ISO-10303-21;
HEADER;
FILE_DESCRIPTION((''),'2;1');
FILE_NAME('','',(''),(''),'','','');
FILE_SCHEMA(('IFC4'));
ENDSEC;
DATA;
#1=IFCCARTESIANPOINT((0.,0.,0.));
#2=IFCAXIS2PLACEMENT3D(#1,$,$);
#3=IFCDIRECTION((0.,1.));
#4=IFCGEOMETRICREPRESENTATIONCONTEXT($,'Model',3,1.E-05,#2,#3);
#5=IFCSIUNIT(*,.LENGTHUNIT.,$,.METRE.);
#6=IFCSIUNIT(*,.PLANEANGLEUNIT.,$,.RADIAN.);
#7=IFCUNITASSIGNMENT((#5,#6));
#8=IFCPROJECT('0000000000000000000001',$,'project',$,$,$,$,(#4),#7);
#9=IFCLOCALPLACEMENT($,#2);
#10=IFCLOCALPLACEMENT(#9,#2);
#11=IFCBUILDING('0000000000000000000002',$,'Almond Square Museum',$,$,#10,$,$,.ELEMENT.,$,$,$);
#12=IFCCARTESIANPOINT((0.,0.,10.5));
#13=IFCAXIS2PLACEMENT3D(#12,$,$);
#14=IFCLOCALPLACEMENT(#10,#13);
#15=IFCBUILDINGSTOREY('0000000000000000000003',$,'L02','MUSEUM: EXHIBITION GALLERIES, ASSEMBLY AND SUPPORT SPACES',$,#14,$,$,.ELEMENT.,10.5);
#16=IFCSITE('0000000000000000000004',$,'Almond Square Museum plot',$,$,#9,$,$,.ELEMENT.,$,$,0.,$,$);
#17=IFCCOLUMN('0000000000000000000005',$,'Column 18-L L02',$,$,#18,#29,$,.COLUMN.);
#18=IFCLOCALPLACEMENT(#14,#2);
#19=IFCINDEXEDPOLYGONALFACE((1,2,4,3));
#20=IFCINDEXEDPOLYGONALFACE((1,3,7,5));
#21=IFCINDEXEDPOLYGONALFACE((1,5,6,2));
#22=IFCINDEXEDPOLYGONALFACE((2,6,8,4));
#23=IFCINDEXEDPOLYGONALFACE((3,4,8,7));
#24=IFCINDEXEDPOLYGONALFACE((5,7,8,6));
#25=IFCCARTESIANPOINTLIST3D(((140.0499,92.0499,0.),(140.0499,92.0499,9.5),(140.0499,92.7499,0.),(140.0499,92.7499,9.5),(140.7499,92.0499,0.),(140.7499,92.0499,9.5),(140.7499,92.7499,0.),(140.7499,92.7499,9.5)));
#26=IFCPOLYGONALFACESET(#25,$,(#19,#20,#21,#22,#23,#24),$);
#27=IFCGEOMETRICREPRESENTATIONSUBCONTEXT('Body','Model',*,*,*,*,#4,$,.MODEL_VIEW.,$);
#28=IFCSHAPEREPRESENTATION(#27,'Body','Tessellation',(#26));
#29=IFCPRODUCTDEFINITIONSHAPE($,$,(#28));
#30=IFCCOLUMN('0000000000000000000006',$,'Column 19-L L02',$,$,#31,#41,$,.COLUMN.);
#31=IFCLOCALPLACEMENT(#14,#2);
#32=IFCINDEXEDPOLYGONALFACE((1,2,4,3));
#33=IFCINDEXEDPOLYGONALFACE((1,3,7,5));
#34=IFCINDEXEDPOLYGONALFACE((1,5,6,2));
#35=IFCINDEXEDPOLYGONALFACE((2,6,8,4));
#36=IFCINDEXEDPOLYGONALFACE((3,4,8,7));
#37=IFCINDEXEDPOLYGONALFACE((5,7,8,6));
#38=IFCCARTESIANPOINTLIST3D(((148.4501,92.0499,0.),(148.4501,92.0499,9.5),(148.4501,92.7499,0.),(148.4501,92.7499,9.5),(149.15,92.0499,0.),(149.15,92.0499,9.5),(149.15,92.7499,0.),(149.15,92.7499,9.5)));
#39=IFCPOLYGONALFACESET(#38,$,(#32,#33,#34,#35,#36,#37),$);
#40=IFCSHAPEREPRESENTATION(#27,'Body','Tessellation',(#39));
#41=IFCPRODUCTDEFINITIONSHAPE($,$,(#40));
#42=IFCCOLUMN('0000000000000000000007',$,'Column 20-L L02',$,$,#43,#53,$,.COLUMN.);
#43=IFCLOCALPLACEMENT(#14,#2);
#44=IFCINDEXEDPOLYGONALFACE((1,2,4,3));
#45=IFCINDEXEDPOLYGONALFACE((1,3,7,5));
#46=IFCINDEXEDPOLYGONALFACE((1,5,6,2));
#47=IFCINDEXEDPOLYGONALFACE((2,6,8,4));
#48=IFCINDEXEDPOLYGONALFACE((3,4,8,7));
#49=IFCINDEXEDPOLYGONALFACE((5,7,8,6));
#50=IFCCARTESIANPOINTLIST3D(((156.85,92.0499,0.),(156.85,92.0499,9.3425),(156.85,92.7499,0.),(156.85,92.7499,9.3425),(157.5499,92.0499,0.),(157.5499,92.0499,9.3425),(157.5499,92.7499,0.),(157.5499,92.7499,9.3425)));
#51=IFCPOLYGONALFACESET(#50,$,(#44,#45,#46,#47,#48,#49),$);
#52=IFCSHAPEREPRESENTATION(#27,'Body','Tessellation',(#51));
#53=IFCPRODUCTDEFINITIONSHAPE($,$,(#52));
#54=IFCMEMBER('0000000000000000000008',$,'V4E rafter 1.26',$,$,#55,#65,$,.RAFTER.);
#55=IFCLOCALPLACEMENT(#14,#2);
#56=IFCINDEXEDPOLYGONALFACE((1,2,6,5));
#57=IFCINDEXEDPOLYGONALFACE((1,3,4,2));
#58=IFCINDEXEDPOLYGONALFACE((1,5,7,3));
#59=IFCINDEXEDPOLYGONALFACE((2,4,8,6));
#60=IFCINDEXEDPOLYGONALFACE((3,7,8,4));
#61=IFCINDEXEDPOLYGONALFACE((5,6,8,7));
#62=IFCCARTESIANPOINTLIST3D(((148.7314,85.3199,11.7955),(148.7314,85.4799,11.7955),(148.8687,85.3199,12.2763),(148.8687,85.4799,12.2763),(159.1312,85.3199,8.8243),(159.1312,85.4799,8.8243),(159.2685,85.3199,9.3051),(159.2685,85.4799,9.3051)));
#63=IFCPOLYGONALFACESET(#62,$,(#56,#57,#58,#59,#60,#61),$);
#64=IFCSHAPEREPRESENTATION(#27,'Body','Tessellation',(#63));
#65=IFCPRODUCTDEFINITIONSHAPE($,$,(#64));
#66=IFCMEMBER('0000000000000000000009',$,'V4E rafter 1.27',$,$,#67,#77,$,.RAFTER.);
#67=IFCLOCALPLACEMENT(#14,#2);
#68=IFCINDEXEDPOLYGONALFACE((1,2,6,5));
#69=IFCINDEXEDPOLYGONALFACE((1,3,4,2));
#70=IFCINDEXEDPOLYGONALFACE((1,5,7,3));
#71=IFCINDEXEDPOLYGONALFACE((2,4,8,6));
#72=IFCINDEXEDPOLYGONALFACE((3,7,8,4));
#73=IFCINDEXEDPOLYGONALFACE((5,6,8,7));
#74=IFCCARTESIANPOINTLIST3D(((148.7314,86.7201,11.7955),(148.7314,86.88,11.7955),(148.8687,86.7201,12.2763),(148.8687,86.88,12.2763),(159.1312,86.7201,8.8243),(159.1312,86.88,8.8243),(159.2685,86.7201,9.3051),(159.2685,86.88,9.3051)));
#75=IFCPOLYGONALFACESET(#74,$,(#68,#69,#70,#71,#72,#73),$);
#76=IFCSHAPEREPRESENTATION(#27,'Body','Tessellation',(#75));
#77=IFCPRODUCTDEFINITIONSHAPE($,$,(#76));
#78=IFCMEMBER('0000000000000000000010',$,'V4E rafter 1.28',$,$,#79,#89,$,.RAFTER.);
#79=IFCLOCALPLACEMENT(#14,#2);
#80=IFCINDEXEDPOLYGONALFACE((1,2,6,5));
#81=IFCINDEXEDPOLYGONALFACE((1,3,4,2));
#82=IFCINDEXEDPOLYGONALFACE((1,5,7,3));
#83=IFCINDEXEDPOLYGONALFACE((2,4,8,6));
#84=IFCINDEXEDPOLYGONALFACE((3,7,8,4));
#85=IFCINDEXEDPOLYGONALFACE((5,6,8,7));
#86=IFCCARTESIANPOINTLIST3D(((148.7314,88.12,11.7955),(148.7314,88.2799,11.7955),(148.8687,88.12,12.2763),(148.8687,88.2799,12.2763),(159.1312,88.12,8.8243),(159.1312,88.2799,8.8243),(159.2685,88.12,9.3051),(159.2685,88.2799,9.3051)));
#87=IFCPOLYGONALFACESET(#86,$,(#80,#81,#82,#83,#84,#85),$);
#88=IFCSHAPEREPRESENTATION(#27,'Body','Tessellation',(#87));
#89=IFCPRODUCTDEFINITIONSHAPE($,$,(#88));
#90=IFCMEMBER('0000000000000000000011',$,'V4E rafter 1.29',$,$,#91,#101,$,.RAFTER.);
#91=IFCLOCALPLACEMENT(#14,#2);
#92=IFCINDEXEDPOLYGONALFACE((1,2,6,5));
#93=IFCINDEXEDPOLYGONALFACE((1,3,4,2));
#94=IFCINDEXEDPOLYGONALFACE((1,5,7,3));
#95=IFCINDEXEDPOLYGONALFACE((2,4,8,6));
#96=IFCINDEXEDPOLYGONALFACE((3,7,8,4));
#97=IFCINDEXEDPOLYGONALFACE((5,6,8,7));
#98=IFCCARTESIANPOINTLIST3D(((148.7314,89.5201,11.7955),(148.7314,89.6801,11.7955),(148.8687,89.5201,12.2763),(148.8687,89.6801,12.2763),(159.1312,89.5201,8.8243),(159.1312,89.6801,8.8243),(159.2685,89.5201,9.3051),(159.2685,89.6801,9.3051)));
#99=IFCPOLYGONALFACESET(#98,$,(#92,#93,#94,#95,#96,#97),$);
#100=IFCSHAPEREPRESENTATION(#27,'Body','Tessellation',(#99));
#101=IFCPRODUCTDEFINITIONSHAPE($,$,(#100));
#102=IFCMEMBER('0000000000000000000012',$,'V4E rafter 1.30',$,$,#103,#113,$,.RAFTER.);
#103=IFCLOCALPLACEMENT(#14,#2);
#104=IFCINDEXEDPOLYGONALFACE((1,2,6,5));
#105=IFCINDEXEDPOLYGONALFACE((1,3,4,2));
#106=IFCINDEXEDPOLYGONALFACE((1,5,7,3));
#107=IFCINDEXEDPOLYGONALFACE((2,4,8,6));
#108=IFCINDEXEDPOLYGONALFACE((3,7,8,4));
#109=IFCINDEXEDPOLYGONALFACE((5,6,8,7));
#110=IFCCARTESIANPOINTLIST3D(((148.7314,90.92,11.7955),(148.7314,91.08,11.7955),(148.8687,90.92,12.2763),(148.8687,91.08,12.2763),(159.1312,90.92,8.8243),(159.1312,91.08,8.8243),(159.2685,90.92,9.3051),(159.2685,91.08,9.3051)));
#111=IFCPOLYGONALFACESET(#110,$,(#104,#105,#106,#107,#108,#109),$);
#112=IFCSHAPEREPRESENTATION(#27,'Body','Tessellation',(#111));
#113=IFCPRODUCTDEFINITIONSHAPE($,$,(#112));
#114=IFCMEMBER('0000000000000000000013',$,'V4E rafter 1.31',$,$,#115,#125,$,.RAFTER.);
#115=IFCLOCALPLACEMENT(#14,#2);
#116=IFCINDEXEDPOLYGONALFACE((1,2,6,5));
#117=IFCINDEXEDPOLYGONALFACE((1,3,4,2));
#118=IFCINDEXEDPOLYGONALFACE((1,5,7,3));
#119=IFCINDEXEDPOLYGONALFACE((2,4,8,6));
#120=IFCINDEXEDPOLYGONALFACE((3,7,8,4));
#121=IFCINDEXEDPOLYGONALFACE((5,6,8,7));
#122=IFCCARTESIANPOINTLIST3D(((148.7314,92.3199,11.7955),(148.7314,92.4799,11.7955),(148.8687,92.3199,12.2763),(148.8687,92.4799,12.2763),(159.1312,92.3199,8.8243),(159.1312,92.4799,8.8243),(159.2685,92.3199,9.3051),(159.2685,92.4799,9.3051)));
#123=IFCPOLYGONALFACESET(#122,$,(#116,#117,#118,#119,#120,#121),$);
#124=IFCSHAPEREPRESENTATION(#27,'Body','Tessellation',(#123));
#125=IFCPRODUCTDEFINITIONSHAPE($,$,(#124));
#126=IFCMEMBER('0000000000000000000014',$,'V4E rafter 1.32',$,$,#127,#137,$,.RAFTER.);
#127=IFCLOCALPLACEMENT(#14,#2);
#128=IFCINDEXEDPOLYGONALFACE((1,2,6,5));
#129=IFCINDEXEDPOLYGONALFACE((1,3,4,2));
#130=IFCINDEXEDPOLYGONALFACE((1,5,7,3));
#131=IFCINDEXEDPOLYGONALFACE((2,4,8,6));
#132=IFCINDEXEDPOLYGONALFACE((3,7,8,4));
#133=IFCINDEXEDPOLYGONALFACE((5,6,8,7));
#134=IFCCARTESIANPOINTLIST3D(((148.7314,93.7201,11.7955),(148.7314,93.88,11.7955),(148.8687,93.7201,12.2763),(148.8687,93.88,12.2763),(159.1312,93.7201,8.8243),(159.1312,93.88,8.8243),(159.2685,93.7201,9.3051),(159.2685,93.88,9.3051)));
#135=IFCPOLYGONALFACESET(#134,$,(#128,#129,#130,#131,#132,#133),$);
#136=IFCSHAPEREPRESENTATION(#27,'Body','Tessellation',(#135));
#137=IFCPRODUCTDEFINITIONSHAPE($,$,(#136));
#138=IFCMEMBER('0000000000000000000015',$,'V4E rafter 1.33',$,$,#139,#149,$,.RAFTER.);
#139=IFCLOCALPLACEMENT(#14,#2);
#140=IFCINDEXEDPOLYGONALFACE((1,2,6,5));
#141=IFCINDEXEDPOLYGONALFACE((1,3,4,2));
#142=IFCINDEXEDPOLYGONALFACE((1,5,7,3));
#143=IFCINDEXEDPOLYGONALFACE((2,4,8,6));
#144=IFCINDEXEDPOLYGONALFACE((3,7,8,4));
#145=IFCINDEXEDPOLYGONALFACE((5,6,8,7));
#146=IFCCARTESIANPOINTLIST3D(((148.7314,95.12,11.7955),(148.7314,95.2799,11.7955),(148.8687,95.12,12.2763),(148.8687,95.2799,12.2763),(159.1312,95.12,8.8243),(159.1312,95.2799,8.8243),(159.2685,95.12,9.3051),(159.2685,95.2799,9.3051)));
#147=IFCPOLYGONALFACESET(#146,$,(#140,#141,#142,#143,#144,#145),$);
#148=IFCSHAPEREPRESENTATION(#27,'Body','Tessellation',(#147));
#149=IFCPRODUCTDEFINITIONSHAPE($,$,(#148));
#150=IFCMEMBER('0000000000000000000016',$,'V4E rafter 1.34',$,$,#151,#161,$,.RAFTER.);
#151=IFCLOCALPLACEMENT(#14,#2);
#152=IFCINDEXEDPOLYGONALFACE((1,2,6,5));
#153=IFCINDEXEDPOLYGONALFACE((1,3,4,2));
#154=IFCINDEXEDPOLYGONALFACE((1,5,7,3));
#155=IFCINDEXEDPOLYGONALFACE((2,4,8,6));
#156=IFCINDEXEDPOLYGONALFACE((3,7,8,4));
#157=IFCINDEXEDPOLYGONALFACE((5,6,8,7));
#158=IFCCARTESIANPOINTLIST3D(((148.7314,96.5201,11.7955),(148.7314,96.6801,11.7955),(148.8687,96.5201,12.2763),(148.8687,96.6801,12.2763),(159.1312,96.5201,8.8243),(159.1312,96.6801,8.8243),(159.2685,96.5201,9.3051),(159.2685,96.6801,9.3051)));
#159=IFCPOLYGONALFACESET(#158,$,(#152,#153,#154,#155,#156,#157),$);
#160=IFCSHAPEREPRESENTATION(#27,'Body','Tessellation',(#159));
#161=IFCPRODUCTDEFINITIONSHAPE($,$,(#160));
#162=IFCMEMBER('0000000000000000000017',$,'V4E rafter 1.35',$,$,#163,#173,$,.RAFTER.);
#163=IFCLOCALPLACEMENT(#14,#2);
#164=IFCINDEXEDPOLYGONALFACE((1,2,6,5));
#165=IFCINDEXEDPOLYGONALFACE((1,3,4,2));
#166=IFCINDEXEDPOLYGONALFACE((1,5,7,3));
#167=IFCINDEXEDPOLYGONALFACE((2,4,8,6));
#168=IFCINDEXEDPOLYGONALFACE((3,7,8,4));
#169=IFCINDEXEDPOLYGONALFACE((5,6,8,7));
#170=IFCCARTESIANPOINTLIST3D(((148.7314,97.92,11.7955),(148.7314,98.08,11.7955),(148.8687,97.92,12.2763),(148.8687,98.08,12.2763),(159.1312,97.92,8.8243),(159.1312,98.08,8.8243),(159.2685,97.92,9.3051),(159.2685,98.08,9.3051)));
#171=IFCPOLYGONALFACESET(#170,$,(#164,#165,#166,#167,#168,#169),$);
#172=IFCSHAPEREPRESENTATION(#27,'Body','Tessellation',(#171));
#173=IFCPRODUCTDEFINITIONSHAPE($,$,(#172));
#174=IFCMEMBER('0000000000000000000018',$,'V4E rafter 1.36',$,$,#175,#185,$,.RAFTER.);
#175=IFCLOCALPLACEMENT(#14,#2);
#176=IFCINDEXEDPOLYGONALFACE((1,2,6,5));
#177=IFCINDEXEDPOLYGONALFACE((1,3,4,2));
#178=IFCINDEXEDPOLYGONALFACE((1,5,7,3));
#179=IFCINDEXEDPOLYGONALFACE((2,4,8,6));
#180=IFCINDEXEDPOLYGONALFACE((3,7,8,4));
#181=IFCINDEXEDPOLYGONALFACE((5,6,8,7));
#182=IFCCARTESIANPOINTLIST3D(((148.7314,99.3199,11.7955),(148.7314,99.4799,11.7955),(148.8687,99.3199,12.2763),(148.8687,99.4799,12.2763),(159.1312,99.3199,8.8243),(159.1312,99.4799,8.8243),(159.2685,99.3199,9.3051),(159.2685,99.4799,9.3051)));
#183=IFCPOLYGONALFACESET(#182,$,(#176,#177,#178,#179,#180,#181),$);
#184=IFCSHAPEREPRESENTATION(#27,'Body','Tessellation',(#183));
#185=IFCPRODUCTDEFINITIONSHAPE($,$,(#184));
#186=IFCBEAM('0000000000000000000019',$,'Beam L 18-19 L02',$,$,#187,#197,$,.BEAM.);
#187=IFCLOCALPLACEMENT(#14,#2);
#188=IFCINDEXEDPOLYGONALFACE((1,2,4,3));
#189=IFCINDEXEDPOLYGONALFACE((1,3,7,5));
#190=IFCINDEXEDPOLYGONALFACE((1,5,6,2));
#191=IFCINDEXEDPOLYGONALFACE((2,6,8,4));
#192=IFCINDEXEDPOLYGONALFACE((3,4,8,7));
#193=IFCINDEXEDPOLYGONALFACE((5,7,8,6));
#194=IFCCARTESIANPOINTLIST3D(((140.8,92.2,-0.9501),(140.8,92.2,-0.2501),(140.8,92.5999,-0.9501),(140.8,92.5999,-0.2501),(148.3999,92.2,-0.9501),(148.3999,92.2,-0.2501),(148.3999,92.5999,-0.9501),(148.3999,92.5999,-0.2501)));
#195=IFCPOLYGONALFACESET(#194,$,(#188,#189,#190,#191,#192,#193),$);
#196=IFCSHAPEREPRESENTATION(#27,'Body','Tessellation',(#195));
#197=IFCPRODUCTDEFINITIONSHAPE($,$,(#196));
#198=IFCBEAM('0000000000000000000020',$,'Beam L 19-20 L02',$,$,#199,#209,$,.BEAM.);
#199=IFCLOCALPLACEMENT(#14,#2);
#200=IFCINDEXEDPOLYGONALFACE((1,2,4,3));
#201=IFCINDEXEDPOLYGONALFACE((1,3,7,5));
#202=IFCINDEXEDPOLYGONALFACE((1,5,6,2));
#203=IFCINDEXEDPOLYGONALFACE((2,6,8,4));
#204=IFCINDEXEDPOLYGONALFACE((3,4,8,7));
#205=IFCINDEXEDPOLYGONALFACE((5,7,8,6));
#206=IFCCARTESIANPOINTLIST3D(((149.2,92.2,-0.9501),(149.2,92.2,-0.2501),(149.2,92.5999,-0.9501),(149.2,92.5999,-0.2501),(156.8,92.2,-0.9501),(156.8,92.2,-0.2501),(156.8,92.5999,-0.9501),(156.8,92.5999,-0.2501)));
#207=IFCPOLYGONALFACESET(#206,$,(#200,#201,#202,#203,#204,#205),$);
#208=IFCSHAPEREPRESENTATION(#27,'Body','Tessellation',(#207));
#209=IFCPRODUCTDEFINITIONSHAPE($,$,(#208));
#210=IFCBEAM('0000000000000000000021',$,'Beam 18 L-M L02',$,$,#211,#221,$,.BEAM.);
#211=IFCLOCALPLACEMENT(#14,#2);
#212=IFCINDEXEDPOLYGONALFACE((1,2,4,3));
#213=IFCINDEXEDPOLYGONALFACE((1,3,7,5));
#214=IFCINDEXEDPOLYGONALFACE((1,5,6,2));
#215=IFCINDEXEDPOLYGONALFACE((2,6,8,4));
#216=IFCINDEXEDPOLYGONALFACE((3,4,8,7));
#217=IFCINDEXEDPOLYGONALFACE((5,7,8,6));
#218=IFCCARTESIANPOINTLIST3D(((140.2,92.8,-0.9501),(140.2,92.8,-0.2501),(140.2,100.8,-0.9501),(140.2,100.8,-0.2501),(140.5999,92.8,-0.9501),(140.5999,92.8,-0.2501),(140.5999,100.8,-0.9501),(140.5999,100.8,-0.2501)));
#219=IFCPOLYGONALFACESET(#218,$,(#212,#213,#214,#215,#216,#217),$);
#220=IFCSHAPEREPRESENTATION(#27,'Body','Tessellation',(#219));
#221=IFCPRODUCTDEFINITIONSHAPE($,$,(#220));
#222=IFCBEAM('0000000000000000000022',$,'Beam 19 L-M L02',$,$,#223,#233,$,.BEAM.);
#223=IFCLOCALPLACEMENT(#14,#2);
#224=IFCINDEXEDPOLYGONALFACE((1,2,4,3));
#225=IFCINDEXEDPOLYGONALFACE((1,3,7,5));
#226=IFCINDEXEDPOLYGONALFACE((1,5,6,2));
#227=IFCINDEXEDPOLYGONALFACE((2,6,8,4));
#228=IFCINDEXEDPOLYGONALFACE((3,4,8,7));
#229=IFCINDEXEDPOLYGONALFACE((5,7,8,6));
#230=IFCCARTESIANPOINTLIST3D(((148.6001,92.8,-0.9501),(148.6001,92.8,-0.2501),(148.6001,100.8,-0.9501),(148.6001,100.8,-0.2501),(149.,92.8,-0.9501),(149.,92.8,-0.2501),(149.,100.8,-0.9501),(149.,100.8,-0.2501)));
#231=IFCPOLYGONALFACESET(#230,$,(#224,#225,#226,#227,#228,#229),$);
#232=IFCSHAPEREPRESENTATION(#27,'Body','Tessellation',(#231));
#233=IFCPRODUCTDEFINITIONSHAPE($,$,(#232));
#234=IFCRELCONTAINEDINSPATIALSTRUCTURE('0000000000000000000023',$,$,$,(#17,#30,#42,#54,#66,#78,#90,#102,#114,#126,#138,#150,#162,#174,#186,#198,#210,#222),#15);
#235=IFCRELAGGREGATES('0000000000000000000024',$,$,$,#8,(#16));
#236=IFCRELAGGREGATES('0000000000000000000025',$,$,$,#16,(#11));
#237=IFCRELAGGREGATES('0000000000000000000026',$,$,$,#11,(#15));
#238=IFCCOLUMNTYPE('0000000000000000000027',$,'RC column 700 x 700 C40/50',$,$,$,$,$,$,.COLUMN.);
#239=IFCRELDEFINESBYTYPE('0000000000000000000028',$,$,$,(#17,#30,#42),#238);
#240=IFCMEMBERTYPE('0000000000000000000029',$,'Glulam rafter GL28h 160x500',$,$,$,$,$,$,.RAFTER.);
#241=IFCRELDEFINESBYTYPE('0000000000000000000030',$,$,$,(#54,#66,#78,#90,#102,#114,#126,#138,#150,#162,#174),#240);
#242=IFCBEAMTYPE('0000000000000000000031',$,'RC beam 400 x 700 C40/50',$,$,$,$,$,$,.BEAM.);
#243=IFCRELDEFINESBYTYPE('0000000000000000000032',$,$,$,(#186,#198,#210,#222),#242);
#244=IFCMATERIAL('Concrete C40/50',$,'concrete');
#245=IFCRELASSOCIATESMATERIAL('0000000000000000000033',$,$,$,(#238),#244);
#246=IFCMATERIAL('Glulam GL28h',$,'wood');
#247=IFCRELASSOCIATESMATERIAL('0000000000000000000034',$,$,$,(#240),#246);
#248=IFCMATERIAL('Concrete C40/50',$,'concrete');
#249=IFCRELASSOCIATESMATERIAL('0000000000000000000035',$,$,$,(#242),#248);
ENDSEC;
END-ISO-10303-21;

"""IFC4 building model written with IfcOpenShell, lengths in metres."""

from ifc_helpers import new_model, si_unit, direction, frame, origin, origin_2d, place, context, subcontext, project, spatial, rectangle, extrude, material, material_profile, profile_set, type_object, element, save


model = new_model("IFC4")

# Units and contexts
model_context = context("Model", 3, precision=1e-05, world=origin(), true_north=direction((0.0, 1.0)))
body_context = subcontext(model_context, "Body", "Model", "MODEL_VIEW")
ifc_project = project(units=[si_unit("LENGTHUNIT", "METRE"), si_unit("PLANEANGLEUNIT", "RADIAN")], contexts=[model_context])

# Site, building, storey
site_placement = place(None, origin())
site = spatial("IfcSite", under=ifc_project, at=site_placement, Name="Almond Square Museum plot", CompositionType="ELEMENT", RefElevation=0.0)
building_placement = place(site_placement, origin())
building = spatial("IfcBuilding", under=site, at=building_placement, Name="Almond Square Museum", CompositionType="ELEMENT")
storey_placement = place(building_placement, frame((0.0, 0.0, 10.5)))
storey = spatial("IfcBuildingStorey", under=building, at=storey_placement, Name="L02", Description="MUSEUM: EXHIBITION GALLERIES, ASSEMBLY AND SUPPORT SPACES", CompositionType="ELEMENT", Elevation=10.5)

# Columns
ifc_material_1 = material(Name="Concrete C40/50", Category="concrete")
ifc_material_profile_1 = material_profile(ifc_material_1, rectangle(XDim=0.7, YDim=0.7, at=origin_2d()))
ifc_profile_set_1 = profile_set([ifc_material_profile_1], Name="Concrete C40/50")
column_type = type_object("IfcColumnType", Name="RC column 700 x 700 C40/50", PredefinedType="COLUMN", material=ifc_profile_set_1)
for number, where, z_axis, x_axis, name in (
    (1, (140.3999, 92.3999, 0.0), (0.0, 0.0, 1.0), (1.0, 0.0, 0.0), "Column 18-L L02"),
    (2, (148.8, 92.3999, 0.0), (0.0, 0.0, 1.0), (1.0, 0.0, 0.0), "Column 19-L L02"),
):
    element("IfcColumn", number, at=place(storey_placement, frame(where, z_axis=z_axis, x_axis=x_axis)), inside=storey, type_object=column_type, Name=name, PredefinedType="COLUMN", context=body_context, shape_type="SweptSolid", body=[
        extrude(rectangle(XDim=0.7, YDim=0.7, at=origin_2d()), origin(), (0.0, 0.0, 1.0), 9.5),
    ])
column_placement = place(storey_placement, frame((157.2, 92.3999, 0.0), z_axis=(0.0, 0.0, 1.0), x_axis=(1.0, 0.0, 0.0)))
element("IfcColumn", 3, at=column_placement, inside=storey, type_object=column_type, Name="Column 20-L L02", PredefinedType="COLUMN", context=body_context, shape_type="SweptSolid", body=[
    extrude(rectangle(XDim=0.7, YDim=0.7, at=origin_2d()), origin(), (0.0, 0.0, 1.0), 9.3425),
])

# Members
ifc_material_2 = material(Name="Glulam GL28h", Category="wood")
ifc_material_profile_2 = material_profile(ifc_material_2, rectangle(XDim=0.1599, YDim=0.5, at=origin_2d()))
ifc_profile_set_2 = profile_set([ifc_material_profile_2], Name="Glulam GL28h")
member_type = type_object("IfcMemberType", Name="Glulam rafter GL28h 160x500", PredefinedType="RAFTER", material=ifc_profile_set_2)
for number, where, z_axis, x_axis, name in (
    (4, (148.8, 85.3999, 12.0359), (0.961529, 0.0, -0.274703), (0.0, 1.0, 0.0), "V4E rafter 1.26"),
    (5, (148.8, 86.8, 12.0359), (0.961529, 0.0, -0.274703), (0.0, 1.0, 0.0), "V4E rafter 1.27"),
    (6, (148.8, 88.2, 12.0359), (0.961529, 0.0, -0.274703), (0.0, 1.0, 0.0), "V4E rafter 1.28"),
    (7, (148.8, 89.6001, 12.0359), (0.961529, 0.0, -0.274703), (0.0, 1.0, 0.0), "V4E rafter 1.29"),
    (8, (148.8, 91.0, 12.0359), (0.961529, 0.0, -0.274703), (0.0, 1.0, 0.0), "V4E rafter 1.30"),
    (9, (148.8, 92.3999, 12.0359), (0.961529, 0.0, -0.274703), (0.0, 1.0, 0.0), "V4E rafter 1.31"),
    (10, (148.8, 93.8, 12.0359), (0.961529, 0.0, -0.274703), (0.0, 1.0, 0.0), "V4E rafter 1.32"),
    (11, (148.8, 95.2, 12.0359), (0.961529, 0.0, -0.274703), (0.0, 1.0, 0.0), "V4E rafter 1.33"),
    (12, (148.8, 96.6001, 12.0359), (0.961529, 0.0, -0.274703), (0.0, 1.0, 0.0), "V4E rafter 1.34"),
    (13, (148.8, 98.0, 12.0359), (0.961529, 0.0, -0.274703), (0.0, 1.0, 0.0), "V4E rafter 1.35"),
    (14, (148.8, 99.3999, 12.0359), (0.961529, 0.0, -0.274703), (0.0, 1.0, 0.0), "V4E rafter 1.36"),
):
    element("IfcMember", number, at=place(storey_placement, frame(where, z_axis=z_axis, x_axis=x_axis)), inside=storey, type_object=member_type, Name=name, PredefinedType="RAFTER", context=body_context, shape_type="SweptSolid", body=[
        extrude(rectangle(XDim=0.1599, YDim=0.5, at=origin_2d()), origin(), (0.0, 0.0, 1.0), 10.8159),
    ])

# Beams
ifc_material_3 = material(Name="Concrete C40/50", Category="concrete")
ifc_material_profile_3 = material_profile(ifc_material_3, rectangle(XDim=0.3999, YDim=0.7, at=origin_2d()))
ifc_profile_set_3 = profile_set([ifc_material_profile_3], Name="Concrete C40/50")
beam_type_1 = type_object("IfcBeamType", Name="RC beam 400 x 700 C40/50", PredefinedType="BEAM", material=ifc_profile_set_3)
beam_1_placement = place(storey_placement, frame((140.8, 92.3999, -0.6001), z_axis=(1.0, 0.0, 0.0), x_axis=(0.0, 1.0, 0.0)))
element("IfcBeam", 15, at=beam_1_placement, inside=storey, type_object=beam_type_1, Name="Beam L 18-19 L02", PredefinedType="BEAM", context=body_context, shape_type="SweptSolid", body=[
    extrude(rectangle(XDim=0.3999, YDim=0.7, at=origin_2d()), origin(), (0.0, 0.0, 1.0), 7.5999),
])
beam_2_placement = place(storey_placement, frame((149.2, 92.3999, -0.6001), z_axis=(1.0, 0.0, 0.0), x_axis=(0.0, 1.0, 0.0)))
element("IfcBeam", 16, at=beam_2_placement, inside=storey, type_object=beam_type_1, Name="Beam L 19-20 L02", PredefinedType="BEAM", context=body_context, shape_type="SweptSolid", body=[
    extrude(rectangle(XDim=0.3999, YDim=0.7, at=origin_2d()), origin(), (0.0, 0.0, 1.0), 7.6001),
])
for number, where, z_axis, x_axis, name in (
    (17, (140.3999, 92.8, -0.6001), (0.0, 1.0, 0.0), (-1.0, 0.0, 0.0), "Beam 18 L-M L02"),
    (18, (148.8, 92.8, -0.6001), (0.0, 1.0, 0.0), (-1.0, 0.0, 0.0), "Beam 19 L-M L02"),
):
    element("IfcBeam", number, at=place(storey_placement, frame(where, z_axis=z_axis, x_axis=x_axis)), inside=storey, type_object=beam_type_1, Name=name, PredefinedType="BEAM", context=body_context, shape_type="SweptSolid", body=[
        extrude(rectangle(XDim=0.3999, YDim=0.7, at=origin_2d()), origin(), (0.0, 0.0, 1.0), 8.0),
    ])

save(model, "model.ifc")
